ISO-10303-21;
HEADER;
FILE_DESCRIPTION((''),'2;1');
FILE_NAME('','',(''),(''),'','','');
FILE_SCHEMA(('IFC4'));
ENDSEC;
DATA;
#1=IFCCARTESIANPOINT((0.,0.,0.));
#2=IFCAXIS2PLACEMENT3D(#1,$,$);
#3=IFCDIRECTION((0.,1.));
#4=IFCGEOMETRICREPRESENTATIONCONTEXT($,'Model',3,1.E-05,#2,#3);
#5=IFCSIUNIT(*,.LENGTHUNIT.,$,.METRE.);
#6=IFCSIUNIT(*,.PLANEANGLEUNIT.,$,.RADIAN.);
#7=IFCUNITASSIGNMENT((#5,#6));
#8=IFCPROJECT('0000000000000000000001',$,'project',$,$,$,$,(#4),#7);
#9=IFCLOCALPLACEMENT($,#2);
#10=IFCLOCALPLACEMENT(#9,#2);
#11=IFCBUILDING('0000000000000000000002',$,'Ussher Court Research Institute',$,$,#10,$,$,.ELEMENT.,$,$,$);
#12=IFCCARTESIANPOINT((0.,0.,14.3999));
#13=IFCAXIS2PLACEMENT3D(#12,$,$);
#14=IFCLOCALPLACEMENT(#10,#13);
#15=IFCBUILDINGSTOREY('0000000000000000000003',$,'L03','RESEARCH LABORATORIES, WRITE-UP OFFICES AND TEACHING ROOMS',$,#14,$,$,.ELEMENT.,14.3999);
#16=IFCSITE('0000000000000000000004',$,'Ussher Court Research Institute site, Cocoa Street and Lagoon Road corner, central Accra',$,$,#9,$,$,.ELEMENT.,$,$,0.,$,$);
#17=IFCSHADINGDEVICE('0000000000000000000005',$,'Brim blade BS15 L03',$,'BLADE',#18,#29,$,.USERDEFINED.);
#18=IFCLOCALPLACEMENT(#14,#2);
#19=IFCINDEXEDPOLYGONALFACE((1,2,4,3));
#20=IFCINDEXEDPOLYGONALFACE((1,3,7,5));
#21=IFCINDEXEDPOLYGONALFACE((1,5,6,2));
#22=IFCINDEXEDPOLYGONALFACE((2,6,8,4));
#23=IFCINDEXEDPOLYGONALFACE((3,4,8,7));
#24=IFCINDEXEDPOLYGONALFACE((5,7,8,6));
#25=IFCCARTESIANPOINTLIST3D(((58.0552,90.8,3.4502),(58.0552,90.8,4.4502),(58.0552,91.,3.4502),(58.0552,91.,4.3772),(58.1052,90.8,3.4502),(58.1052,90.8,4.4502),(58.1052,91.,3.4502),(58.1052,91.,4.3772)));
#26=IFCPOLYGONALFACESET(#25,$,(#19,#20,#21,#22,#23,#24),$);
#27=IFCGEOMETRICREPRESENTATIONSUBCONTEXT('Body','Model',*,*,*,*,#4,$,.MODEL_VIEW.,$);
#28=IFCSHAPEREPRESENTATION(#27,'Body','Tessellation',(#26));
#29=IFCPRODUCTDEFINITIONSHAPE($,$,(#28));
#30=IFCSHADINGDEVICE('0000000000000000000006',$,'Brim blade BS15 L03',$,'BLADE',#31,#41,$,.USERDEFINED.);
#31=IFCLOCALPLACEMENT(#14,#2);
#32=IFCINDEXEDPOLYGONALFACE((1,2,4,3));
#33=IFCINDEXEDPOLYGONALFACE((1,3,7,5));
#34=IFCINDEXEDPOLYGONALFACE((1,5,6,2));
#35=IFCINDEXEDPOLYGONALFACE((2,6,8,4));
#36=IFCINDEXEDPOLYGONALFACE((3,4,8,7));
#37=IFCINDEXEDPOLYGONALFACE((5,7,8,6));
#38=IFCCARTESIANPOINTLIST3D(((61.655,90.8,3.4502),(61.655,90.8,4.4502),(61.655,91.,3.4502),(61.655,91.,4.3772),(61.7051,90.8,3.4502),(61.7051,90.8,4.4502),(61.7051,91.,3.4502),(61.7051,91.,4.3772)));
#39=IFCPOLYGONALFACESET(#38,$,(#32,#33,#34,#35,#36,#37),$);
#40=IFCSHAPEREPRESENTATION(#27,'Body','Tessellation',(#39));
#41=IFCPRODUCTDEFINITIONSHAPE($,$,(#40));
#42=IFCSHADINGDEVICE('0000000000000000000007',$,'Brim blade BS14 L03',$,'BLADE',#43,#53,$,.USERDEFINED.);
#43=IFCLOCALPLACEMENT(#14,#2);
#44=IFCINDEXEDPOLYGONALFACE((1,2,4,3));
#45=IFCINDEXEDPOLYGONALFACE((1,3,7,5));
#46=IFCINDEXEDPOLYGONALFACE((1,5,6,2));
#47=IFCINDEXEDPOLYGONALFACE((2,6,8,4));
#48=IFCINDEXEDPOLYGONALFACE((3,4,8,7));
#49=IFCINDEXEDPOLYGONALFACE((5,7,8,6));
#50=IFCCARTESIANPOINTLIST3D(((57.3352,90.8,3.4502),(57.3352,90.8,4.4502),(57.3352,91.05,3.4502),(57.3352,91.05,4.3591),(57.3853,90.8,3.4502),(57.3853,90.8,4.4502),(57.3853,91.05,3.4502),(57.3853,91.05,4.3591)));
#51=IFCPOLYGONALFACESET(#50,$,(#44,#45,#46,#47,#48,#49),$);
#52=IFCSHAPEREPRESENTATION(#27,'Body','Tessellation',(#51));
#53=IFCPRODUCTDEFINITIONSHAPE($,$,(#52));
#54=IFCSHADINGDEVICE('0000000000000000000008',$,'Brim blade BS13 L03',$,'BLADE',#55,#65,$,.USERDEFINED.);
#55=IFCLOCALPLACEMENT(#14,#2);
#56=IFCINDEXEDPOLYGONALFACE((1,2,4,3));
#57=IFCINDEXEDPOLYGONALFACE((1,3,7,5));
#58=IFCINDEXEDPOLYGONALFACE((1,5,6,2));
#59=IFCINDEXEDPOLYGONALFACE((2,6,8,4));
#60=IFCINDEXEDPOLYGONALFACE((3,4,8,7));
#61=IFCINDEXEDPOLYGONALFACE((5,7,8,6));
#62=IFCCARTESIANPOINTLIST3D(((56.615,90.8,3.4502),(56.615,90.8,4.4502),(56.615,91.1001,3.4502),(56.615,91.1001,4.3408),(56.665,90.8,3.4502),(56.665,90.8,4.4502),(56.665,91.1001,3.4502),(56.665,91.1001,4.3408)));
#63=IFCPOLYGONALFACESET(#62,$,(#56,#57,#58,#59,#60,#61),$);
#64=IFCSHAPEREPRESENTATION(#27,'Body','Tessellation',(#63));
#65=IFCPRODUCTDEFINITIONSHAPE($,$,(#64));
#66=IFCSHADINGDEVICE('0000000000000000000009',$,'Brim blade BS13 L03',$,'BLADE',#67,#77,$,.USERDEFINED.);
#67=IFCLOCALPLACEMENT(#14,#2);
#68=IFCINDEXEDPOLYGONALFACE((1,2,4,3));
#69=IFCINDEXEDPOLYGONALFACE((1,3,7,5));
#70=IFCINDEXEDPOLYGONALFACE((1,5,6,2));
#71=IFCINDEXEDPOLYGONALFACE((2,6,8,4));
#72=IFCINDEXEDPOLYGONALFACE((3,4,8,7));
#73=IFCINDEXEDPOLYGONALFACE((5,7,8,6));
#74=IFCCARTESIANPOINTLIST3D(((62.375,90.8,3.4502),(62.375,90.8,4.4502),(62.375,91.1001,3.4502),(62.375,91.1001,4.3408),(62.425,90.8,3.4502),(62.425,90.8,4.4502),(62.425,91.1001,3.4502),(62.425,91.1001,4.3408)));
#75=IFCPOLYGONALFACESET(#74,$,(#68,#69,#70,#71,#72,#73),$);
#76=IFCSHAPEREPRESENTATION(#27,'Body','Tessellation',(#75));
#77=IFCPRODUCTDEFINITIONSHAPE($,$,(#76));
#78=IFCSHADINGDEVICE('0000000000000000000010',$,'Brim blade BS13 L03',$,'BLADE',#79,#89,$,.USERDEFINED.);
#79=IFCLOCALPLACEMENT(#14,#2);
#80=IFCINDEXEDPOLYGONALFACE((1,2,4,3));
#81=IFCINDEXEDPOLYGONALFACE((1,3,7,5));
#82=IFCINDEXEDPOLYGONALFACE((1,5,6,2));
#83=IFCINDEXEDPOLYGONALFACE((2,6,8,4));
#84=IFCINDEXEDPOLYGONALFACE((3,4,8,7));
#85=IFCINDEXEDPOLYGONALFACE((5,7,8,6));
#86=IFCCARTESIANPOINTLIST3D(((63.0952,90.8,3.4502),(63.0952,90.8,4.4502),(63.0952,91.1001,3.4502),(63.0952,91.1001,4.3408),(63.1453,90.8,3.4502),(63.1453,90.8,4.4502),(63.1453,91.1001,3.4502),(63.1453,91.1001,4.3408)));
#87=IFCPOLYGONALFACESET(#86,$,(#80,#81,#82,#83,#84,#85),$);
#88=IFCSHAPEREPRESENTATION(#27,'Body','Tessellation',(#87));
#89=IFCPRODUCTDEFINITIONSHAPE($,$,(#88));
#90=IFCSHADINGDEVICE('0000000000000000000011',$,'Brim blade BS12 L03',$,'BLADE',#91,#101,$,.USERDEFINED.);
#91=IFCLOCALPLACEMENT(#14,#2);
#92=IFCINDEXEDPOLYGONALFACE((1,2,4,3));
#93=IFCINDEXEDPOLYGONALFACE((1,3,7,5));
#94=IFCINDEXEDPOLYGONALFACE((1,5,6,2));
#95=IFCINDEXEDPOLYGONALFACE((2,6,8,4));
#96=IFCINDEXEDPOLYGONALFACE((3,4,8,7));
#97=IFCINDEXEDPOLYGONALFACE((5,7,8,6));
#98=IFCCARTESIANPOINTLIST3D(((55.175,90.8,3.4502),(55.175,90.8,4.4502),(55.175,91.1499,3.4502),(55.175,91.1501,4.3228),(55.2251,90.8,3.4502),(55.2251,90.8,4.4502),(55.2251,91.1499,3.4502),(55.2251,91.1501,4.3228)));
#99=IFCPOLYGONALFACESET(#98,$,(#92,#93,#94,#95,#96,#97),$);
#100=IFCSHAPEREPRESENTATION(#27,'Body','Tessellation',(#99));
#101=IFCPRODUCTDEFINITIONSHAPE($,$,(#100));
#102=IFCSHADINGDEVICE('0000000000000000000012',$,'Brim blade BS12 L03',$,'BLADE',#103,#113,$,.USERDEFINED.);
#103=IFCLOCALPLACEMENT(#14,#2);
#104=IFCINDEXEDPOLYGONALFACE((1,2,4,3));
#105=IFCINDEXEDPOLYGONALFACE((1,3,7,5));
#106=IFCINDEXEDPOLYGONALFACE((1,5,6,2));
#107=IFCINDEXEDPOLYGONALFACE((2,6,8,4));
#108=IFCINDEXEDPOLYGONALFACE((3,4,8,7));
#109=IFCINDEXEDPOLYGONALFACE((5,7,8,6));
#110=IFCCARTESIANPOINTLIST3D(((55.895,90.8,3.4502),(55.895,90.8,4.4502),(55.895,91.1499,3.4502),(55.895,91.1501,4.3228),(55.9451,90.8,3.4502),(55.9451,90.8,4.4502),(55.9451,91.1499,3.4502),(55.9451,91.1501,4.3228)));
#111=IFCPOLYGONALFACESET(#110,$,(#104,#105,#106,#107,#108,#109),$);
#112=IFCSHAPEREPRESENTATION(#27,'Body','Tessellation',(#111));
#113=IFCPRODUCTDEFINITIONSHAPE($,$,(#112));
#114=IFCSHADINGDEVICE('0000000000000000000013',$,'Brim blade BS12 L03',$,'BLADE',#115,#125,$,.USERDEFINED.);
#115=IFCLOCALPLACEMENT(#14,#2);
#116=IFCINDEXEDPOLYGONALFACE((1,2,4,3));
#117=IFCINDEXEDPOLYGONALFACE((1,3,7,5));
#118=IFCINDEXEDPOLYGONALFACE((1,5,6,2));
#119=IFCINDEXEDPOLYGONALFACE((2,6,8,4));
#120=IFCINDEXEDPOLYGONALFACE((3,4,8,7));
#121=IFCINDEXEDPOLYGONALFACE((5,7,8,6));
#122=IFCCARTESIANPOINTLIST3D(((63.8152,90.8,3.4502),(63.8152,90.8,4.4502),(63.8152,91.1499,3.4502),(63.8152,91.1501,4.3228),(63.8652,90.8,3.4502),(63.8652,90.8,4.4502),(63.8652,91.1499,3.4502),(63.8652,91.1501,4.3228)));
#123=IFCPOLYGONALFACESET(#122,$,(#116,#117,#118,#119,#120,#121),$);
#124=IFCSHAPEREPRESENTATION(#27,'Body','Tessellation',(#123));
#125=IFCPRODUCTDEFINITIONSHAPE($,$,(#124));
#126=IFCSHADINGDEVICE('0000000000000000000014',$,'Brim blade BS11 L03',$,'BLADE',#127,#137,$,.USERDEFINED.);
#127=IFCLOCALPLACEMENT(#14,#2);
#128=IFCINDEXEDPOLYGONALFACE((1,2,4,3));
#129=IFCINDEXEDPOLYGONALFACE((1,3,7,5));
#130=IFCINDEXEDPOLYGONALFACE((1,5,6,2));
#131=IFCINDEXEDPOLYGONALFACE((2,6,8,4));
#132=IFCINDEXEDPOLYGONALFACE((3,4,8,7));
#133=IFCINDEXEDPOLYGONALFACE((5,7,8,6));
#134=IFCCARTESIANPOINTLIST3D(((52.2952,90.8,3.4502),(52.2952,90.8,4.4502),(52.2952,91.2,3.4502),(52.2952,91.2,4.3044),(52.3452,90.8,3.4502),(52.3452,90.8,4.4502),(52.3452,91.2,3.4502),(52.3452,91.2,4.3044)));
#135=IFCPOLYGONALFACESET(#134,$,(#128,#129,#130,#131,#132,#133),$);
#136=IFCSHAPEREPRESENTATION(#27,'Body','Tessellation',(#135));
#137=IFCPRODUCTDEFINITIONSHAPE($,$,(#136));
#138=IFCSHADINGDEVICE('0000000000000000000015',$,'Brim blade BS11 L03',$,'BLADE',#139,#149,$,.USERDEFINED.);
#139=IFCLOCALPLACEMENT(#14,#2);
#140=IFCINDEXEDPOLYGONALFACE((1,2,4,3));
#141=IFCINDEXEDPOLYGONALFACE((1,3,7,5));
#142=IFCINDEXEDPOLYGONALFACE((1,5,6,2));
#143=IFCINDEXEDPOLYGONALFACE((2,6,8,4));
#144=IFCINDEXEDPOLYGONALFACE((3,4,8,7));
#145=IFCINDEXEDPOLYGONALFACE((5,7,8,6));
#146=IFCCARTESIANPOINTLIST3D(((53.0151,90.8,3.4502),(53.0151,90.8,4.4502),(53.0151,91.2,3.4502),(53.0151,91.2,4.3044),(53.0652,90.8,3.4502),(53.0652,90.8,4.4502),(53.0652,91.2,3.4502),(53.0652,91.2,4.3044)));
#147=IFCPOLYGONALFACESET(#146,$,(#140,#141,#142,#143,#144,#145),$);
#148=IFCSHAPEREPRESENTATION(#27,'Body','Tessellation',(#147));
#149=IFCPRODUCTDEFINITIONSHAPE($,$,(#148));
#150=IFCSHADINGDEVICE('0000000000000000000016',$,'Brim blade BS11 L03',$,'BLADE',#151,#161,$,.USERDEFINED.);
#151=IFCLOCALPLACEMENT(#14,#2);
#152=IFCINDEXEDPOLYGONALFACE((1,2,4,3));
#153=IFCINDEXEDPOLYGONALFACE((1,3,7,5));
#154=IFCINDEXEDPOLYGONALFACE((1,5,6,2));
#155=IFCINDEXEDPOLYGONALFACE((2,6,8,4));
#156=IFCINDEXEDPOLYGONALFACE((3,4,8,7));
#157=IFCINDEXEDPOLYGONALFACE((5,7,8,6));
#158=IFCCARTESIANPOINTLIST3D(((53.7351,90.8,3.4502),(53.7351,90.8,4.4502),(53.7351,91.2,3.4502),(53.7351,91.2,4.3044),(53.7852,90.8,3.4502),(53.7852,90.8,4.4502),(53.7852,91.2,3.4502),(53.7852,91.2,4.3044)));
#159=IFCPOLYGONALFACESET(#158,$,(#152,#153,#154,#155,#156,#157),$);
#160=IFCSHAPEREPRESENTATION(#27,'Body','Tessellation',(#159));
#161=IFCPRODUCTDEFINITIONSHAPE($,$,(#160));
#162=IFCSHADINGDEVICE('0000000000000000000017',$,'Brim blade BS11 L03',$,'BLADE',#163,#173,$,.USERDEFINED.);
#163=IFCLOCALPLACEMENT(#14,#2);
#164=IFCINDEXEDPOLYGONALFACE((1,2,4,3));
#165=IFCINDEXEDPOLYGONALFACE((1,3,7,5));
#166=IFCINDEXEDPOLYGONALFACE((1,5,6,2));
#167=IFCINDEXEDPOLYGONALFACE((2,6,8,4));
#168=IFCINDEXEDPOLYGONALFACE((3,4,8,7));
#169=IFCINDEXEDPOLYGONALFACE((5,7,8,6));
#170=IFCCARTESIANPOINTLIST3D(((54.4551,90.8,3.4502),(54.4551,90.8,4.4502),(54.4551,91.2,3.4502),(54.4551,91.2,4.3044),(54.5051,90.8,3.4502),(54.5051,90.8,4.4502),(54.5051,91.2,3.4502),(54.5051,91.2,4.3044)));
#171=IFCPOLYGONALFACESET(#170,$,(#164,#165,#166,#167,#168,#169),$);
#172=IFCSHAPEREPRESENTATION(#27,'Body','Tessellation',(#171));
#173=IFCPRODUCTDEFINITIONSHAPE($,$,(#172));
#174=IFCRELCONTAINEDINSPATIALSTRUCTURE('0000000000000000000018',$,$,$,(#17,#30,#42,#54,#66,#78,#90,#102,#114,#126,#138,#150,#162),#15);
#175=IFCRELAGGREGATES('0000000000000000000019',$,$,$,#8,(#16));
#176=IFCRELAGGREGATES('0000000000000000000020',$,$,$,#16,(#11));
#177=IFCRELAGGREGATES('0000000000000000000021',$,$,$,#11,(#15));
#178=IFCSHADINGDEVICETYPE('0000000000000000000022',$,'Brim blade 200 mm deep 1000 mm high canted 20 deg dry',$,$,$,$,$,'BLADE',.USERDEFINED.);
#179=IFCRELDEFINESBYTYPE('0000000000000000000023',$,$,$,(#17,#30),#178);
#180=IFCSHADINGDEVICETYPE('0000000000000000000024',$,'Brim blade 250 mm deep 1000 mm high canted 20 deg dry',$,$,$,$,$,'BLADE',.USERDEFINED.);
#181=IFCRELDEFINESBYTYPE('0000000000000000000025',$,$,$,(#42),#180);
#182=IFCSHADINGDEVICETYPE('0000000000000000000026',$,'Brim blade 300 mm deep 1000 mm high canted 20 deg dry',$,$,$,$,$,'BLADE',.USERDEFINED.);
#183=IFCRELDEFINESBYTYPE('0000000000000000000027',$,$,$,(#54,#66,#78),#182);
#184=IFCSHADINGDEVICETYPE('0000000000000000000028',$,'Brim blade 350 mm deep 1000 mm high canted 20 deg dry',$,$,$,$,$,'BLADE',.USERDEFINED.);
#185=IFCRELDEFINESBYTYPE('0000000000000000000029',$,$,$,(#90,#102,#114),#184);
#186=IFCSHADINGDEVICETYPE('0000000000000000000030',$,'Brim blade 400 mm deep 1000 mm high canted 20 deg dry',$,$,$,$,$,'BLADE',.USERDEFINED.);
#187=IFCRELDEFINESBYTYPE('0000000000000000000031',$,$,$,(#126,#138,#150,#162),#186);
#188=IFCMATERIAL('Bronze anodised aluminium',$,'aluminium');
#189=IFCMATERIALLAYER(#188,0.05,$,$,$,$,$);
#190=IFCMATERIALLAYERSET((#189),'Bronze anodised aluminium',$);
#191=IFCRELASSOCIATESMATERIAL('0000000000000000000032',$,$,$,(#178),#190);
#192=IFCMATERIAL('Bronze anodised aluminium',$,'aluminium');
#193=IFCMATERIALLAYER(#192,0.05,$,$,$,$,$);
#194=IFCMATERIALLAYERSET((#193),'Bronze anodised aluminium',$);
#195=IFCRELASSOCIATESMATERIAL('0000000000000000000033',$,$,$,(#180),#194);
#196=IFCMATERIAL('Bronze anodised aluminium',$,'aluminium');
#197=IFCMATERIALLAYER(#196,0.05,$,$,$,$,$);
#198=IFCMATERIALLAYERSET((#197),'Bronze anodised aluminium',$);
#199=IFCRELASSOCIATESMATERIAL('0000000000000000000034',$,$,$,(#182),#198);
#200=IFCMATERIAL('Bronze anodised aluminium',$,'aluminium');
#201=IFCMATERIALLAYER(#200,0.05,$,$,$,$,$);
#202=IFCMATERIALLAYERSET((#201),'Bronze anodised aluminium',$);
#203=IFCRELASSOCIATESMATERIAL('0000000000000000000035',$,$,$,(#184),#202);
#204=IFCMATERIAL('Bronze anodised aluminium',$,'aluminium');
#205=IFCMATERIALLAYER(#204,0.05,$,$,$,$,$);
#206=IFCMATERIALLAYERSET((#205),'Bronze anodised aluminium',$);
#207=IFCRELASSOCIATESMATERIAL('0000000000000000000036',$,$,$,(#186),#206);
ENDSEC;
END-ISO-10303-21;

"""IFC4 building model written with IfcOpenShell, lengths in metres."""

from ifc_helpers import new_model, si_unit, direction, frame, origin, place, context, subcontext, project, spatial, polyline, outline, extrude, material, layer, layer_set, type_object, element, save


model = new_model("IFC4")

# Units and contexts
model_context = context("Model", 3, precision=1e-05, world=origin(), true_north=direction((0.0, 1.0)))
body_context = subcontext(model_context, "Body", "Model", "MODEL_VIEW")
ifc_project = project(units=[si_unit("LENGTHUNIT", "METRE"), si_unit("PLANEANGLEUNIT", "RADIAN")], contexts=[model_context])

# Site, building, storey
site_placement = place(None, origin())
site = spatial("IfcSite", under=ifc_project, at=site_placement, Name="Ussher Court Research Institute site, Cocoa Street and Lagoon Road corner, central Accra", CompositionType="ELEMENT", RefElevation=0.0)
building_placement = place(site_placement, origin())
building = spatial("IfcBuilding", under=site, at=building_placement, Name="Ussher Court Research Institute", CompositionType="ELEMENT")
storey_placement = place(building_placement, frame((0.0, 0.0, 14.3999)))
storey = spatial("IfcBuildingStorey", under=building, at=storey_placement, Name="L03", Description="RESEARCH LABORATORIES, WRITE-UP OFFICES AND TEACHING ROOMS", CompositionType="ELEMENT", Elevation=14.3999)

# Shading devices
ifc_material_1 = material(Name="Bronze anodised aluminium", Category="aluminium")
ifc_layer_1 = layer(ifc_material_1, 0.05)
ifc_layer_set_1 = layer_set([ifc_layer_1], Name="Bronze anodised aluminium")
shading_device_type_1 = type_object("IfcShadingDeviceType", Name="Brim blade 200 mm deep 1000 mm high canted 20 deg dry", ElementType="BLADE", PredefinedType="USERDEFINED", material=ifc_layer_set_1)
for number, where, z_axis, x_axis, name in (
    (1, (58.0801, 90.8, 3.4502), (0.0, 0.0, 1.0), (0.0, 1.0, 0.0), "Brim blade BS15 L03"),
    (2, (61.6799, 90.8, 3.4502), (0.0, 0.0, 1.0), (0.0, 1.0, 0.0), "Brim blade BS15 L03"),
):
    element("IfcShadingDevice", number, at=place(storey_placement, frame(where, z_axis=z_axis, x_axis=x_axis)), inside=storey, type_object=shading_device_type_1, Name=name, ObjectType="BLADE", PredefinedType="USERDEFINED", context=body_context, shape_type="SweptSolid", body=[
        extrude(outline(polyline([(0.0, 0.0), (0.2, 0.0), (0.2, 0.927), (0.0, 1.0), (0.0, 0.0)])), frame((0.0, 0.0249, 0.0), z_axis=(0.0, -1.0, 0.0), x_axis=(1.0, 0.0, 0.0)), (0.0, 0.0, 1.0), 0.05),
    ])
ifc_material_2 = material(Name="Bronze anodised aluminium", Category="aluminium")
ifc_layer_2 = layer(ifc_material_2, 0.05)
ifc_layer_set_2 = layer_set([ifc_layer_2], Name="Bronze anodised aluminium")
shading_device_type_2 = type_object("IfcShadingDeviceType", Name="Brim blade 250 mm deep 1000 mm high canted 20 deg dry", ElementType="BLADE", PredefinedType="USERDEFINED", material=ifc_layer_set_2)
shading_device_1_placement = place(storey_placement, frame((57.3601, 90.8, 3.4502), z_axis=(0.0, 0.0, 1.0), x_axis=(0.0, 1.0, 0.0)))
element("IfcShadingDevice", 3, at=shading_device_1_placement, inside=storey, type_object=shading_device_type_2, Name="Brim blade BS14 L03", ObjectType="BLADE", PredefinedType="USERDEFINED", context=body_context, shape_type="SweptSolid", body=[
    extrude(outline(polyline([(0.0, 0.0), (0.25, 0.0), (0.25, 0.9089), (0.0, 1.0), (0.0, 0.0)])), frame((0.0, 0.0249, 0.0), z_axis=(0.0, -1.0, 0.0), x_axis=(1.0, 0.0, 0.0)), (0.0, 0.0, 1.0), 0.05),
])
ifc_material_3 = material(Name="Bronze anodised aluminium", Category="aluminium")
ifc_layer_3 = layer(ifc_material_3, 0.05)
ifc_layer_set_3 = layer_set([ifc_layer_3], Name="Bronze anodised aluminium")
shading_device_type_3 = type_object("IfcShadingDeviceType", Name="Brim blade 300 mm deep 1000 mm high canted 20 deg dry", ElementType="BLADE", PredefinedType="USERDEFINED", material=ifc_layer_set_3)
for number, where, z_axis, x_axis, name in (
    (4, (56.6399, 90.8, 3.4502), (0.0, 0.0, 1.0), (0.0, 1.0, 0.0), "Brim blade BS13 L03"),
    (5, (62.3999, 90.8, 3.4502), (0.0, 0.0, 1.0), (0.0, 1.0, 0.0), "Brim blade BS13 L03"),
    (6, (63.1201, 90.8, 3.4502), (0.0, 0.0, 1.0), (0.0, 1.0, 0.0), "Brim blade BS13 L03"),
):
    element("IfcShadingDevice", number, at=place(storey_placement, frame(where, z_axis=z_axis, x_axis=x_axis)), inside=storey, type_object=shading_device_type_3, Name=name, ObjectType="BLADE", PredefinedType="USERDEFINED", context=body_context, shape_type="SweptSolid", body=[
        extrude(outline(polyline([(0.0, 0.0), (0.3, 0.0), (0.3, 0.8906), (0.0, 1.0), (0.0, 0.0)])), frame((0.0, 0.0249, 0.0), z_axis=(0.0, -1.0, 0.0), x_axis=(1.0, 0.0, 0.0)), (0.0, 0.0, 1.0), 0.05),
    ])
ifc_material_4 = material(Name="Bronze anodised aluminium", Category="aluminium")
ifc_layer_4 = layer(ifc_material_4, 0.05)
ifc_layer_set_4 = layer_set([ifc_layer_4], Name="Bronze anodised aluminium")
shading_device_type_4 = type_object("IfcShadingDeviceType", Name="Brim blade 350 mm deep 1000 mm high canted 20 deg dry", ElementType="BLADE", PredefinedType="USERDEFINED", material=ifc_layer_set_4)
for number, where, z_axis, x_axis, name in (
    (7, (55.2, 90.8, 3.4502), (0.0, 0.0, 1.0), (0.0, 1.0, 0.0), "Brim blade BS12 L03"),
    (8, (55.9199, 90.8, 3.4502), (0.0, 0.0, 1.0), (0.0, 1.0, 0.0), "Brim blade BS12 L03"),
    (9, (63.8401, 90.8, 3.4502), (0.0, 0.0, 1.0), (0.0, 1.0, 0.0), "Brim blade BS12 L03"),
):
    element("IfcShadingDevice", number, at=place(storey_placement, frame(where, z_axis=z_axis, x_axis=x_axis)), inside=storey, type_object=shading_device_type_4, Name=name, ObjectType="BLADE", PredefinedType="USERDEFINED", context=body_context, shape_type="SweptSolid", body=[
        extrude(outline(polyline([(0.0, 0.0), (0.3499, 0.0), (0.3501, 0.8726), (0.0, 1.0), (0.0, 0.0)])), frame((0.0, 0.0249, 0.0), z_axis=(0.0, -1.0, 0.0), x_axis=(1.0, 0.0, 0.0)), (0.0, 0.0, 1.0), 0.05),
    ])
ifc_material_5 = material(Name="Bronze anodised aluminium", Category="aluminium")
ifc_layer_5 = layer(ifc_material_5, 0.05)
ifc_layer_set_5 = layer_set([ifc_layer_5], Name="Bronze anodised aluminium")
shading_device_type_5 = type_object("IfcShadingDeviceType", Name="Brim blade 400 mm deep 1000 mm high canted 20 deg dry", ElementType="BLADE", PredefinedType="USERDEFINED", material=ifc_layer_set_5)
for number, where, z_axis, x_axis, name in (
    (10, (52.3201, 90.8, 3.4502), (0.0, 0.0, 1.0), (0.0, 1.0, 0.0), "Brim blade BS11 L03"),
    (11, (53.04, 90.8, 3.4502), (0.0, 0.0, 1.0), (0.0, 1.0, 0.0), "Brim blade BS11 L03"),
    (12, (53.76, 90.8, 3.4502), (0.0, 0.0, 1.0), (0.0, 1.0, 0.0), "Brim blade BS11 L03"),
    (13, (54.48, 90.8, 3.4502), (0.0, 0.0, 1.0), (0.0, 1.0, 0.0), "Brim blade BS11 L03"),
):
    element("IfcShadingDevice", number, at=place(storey_placement, frame(where, z_axis=z_axis, x_axis=x_axis)), inside=storey, type_object=shading_device_type_5, Name=name, ObjectType="BLADE", PredefinedType="USERDEFINED", context=body_context, shape_type="SweptSolid", body=[
        extrude(outline(polyline([(0.0, 0.0), (0.3999, 0.0), (0.3999, 0.8542), (0.0, 1.0), (0.0, 0.0)])), frame((0.0, 0.0249, 0.0), z_axis=(0.0, -1.0, 0.0), x_axis=(1.0, 0.0, 0.0)), (0.0, 0.0, 1.0), 0.05),
    ])

save(model, "model.ifc")
